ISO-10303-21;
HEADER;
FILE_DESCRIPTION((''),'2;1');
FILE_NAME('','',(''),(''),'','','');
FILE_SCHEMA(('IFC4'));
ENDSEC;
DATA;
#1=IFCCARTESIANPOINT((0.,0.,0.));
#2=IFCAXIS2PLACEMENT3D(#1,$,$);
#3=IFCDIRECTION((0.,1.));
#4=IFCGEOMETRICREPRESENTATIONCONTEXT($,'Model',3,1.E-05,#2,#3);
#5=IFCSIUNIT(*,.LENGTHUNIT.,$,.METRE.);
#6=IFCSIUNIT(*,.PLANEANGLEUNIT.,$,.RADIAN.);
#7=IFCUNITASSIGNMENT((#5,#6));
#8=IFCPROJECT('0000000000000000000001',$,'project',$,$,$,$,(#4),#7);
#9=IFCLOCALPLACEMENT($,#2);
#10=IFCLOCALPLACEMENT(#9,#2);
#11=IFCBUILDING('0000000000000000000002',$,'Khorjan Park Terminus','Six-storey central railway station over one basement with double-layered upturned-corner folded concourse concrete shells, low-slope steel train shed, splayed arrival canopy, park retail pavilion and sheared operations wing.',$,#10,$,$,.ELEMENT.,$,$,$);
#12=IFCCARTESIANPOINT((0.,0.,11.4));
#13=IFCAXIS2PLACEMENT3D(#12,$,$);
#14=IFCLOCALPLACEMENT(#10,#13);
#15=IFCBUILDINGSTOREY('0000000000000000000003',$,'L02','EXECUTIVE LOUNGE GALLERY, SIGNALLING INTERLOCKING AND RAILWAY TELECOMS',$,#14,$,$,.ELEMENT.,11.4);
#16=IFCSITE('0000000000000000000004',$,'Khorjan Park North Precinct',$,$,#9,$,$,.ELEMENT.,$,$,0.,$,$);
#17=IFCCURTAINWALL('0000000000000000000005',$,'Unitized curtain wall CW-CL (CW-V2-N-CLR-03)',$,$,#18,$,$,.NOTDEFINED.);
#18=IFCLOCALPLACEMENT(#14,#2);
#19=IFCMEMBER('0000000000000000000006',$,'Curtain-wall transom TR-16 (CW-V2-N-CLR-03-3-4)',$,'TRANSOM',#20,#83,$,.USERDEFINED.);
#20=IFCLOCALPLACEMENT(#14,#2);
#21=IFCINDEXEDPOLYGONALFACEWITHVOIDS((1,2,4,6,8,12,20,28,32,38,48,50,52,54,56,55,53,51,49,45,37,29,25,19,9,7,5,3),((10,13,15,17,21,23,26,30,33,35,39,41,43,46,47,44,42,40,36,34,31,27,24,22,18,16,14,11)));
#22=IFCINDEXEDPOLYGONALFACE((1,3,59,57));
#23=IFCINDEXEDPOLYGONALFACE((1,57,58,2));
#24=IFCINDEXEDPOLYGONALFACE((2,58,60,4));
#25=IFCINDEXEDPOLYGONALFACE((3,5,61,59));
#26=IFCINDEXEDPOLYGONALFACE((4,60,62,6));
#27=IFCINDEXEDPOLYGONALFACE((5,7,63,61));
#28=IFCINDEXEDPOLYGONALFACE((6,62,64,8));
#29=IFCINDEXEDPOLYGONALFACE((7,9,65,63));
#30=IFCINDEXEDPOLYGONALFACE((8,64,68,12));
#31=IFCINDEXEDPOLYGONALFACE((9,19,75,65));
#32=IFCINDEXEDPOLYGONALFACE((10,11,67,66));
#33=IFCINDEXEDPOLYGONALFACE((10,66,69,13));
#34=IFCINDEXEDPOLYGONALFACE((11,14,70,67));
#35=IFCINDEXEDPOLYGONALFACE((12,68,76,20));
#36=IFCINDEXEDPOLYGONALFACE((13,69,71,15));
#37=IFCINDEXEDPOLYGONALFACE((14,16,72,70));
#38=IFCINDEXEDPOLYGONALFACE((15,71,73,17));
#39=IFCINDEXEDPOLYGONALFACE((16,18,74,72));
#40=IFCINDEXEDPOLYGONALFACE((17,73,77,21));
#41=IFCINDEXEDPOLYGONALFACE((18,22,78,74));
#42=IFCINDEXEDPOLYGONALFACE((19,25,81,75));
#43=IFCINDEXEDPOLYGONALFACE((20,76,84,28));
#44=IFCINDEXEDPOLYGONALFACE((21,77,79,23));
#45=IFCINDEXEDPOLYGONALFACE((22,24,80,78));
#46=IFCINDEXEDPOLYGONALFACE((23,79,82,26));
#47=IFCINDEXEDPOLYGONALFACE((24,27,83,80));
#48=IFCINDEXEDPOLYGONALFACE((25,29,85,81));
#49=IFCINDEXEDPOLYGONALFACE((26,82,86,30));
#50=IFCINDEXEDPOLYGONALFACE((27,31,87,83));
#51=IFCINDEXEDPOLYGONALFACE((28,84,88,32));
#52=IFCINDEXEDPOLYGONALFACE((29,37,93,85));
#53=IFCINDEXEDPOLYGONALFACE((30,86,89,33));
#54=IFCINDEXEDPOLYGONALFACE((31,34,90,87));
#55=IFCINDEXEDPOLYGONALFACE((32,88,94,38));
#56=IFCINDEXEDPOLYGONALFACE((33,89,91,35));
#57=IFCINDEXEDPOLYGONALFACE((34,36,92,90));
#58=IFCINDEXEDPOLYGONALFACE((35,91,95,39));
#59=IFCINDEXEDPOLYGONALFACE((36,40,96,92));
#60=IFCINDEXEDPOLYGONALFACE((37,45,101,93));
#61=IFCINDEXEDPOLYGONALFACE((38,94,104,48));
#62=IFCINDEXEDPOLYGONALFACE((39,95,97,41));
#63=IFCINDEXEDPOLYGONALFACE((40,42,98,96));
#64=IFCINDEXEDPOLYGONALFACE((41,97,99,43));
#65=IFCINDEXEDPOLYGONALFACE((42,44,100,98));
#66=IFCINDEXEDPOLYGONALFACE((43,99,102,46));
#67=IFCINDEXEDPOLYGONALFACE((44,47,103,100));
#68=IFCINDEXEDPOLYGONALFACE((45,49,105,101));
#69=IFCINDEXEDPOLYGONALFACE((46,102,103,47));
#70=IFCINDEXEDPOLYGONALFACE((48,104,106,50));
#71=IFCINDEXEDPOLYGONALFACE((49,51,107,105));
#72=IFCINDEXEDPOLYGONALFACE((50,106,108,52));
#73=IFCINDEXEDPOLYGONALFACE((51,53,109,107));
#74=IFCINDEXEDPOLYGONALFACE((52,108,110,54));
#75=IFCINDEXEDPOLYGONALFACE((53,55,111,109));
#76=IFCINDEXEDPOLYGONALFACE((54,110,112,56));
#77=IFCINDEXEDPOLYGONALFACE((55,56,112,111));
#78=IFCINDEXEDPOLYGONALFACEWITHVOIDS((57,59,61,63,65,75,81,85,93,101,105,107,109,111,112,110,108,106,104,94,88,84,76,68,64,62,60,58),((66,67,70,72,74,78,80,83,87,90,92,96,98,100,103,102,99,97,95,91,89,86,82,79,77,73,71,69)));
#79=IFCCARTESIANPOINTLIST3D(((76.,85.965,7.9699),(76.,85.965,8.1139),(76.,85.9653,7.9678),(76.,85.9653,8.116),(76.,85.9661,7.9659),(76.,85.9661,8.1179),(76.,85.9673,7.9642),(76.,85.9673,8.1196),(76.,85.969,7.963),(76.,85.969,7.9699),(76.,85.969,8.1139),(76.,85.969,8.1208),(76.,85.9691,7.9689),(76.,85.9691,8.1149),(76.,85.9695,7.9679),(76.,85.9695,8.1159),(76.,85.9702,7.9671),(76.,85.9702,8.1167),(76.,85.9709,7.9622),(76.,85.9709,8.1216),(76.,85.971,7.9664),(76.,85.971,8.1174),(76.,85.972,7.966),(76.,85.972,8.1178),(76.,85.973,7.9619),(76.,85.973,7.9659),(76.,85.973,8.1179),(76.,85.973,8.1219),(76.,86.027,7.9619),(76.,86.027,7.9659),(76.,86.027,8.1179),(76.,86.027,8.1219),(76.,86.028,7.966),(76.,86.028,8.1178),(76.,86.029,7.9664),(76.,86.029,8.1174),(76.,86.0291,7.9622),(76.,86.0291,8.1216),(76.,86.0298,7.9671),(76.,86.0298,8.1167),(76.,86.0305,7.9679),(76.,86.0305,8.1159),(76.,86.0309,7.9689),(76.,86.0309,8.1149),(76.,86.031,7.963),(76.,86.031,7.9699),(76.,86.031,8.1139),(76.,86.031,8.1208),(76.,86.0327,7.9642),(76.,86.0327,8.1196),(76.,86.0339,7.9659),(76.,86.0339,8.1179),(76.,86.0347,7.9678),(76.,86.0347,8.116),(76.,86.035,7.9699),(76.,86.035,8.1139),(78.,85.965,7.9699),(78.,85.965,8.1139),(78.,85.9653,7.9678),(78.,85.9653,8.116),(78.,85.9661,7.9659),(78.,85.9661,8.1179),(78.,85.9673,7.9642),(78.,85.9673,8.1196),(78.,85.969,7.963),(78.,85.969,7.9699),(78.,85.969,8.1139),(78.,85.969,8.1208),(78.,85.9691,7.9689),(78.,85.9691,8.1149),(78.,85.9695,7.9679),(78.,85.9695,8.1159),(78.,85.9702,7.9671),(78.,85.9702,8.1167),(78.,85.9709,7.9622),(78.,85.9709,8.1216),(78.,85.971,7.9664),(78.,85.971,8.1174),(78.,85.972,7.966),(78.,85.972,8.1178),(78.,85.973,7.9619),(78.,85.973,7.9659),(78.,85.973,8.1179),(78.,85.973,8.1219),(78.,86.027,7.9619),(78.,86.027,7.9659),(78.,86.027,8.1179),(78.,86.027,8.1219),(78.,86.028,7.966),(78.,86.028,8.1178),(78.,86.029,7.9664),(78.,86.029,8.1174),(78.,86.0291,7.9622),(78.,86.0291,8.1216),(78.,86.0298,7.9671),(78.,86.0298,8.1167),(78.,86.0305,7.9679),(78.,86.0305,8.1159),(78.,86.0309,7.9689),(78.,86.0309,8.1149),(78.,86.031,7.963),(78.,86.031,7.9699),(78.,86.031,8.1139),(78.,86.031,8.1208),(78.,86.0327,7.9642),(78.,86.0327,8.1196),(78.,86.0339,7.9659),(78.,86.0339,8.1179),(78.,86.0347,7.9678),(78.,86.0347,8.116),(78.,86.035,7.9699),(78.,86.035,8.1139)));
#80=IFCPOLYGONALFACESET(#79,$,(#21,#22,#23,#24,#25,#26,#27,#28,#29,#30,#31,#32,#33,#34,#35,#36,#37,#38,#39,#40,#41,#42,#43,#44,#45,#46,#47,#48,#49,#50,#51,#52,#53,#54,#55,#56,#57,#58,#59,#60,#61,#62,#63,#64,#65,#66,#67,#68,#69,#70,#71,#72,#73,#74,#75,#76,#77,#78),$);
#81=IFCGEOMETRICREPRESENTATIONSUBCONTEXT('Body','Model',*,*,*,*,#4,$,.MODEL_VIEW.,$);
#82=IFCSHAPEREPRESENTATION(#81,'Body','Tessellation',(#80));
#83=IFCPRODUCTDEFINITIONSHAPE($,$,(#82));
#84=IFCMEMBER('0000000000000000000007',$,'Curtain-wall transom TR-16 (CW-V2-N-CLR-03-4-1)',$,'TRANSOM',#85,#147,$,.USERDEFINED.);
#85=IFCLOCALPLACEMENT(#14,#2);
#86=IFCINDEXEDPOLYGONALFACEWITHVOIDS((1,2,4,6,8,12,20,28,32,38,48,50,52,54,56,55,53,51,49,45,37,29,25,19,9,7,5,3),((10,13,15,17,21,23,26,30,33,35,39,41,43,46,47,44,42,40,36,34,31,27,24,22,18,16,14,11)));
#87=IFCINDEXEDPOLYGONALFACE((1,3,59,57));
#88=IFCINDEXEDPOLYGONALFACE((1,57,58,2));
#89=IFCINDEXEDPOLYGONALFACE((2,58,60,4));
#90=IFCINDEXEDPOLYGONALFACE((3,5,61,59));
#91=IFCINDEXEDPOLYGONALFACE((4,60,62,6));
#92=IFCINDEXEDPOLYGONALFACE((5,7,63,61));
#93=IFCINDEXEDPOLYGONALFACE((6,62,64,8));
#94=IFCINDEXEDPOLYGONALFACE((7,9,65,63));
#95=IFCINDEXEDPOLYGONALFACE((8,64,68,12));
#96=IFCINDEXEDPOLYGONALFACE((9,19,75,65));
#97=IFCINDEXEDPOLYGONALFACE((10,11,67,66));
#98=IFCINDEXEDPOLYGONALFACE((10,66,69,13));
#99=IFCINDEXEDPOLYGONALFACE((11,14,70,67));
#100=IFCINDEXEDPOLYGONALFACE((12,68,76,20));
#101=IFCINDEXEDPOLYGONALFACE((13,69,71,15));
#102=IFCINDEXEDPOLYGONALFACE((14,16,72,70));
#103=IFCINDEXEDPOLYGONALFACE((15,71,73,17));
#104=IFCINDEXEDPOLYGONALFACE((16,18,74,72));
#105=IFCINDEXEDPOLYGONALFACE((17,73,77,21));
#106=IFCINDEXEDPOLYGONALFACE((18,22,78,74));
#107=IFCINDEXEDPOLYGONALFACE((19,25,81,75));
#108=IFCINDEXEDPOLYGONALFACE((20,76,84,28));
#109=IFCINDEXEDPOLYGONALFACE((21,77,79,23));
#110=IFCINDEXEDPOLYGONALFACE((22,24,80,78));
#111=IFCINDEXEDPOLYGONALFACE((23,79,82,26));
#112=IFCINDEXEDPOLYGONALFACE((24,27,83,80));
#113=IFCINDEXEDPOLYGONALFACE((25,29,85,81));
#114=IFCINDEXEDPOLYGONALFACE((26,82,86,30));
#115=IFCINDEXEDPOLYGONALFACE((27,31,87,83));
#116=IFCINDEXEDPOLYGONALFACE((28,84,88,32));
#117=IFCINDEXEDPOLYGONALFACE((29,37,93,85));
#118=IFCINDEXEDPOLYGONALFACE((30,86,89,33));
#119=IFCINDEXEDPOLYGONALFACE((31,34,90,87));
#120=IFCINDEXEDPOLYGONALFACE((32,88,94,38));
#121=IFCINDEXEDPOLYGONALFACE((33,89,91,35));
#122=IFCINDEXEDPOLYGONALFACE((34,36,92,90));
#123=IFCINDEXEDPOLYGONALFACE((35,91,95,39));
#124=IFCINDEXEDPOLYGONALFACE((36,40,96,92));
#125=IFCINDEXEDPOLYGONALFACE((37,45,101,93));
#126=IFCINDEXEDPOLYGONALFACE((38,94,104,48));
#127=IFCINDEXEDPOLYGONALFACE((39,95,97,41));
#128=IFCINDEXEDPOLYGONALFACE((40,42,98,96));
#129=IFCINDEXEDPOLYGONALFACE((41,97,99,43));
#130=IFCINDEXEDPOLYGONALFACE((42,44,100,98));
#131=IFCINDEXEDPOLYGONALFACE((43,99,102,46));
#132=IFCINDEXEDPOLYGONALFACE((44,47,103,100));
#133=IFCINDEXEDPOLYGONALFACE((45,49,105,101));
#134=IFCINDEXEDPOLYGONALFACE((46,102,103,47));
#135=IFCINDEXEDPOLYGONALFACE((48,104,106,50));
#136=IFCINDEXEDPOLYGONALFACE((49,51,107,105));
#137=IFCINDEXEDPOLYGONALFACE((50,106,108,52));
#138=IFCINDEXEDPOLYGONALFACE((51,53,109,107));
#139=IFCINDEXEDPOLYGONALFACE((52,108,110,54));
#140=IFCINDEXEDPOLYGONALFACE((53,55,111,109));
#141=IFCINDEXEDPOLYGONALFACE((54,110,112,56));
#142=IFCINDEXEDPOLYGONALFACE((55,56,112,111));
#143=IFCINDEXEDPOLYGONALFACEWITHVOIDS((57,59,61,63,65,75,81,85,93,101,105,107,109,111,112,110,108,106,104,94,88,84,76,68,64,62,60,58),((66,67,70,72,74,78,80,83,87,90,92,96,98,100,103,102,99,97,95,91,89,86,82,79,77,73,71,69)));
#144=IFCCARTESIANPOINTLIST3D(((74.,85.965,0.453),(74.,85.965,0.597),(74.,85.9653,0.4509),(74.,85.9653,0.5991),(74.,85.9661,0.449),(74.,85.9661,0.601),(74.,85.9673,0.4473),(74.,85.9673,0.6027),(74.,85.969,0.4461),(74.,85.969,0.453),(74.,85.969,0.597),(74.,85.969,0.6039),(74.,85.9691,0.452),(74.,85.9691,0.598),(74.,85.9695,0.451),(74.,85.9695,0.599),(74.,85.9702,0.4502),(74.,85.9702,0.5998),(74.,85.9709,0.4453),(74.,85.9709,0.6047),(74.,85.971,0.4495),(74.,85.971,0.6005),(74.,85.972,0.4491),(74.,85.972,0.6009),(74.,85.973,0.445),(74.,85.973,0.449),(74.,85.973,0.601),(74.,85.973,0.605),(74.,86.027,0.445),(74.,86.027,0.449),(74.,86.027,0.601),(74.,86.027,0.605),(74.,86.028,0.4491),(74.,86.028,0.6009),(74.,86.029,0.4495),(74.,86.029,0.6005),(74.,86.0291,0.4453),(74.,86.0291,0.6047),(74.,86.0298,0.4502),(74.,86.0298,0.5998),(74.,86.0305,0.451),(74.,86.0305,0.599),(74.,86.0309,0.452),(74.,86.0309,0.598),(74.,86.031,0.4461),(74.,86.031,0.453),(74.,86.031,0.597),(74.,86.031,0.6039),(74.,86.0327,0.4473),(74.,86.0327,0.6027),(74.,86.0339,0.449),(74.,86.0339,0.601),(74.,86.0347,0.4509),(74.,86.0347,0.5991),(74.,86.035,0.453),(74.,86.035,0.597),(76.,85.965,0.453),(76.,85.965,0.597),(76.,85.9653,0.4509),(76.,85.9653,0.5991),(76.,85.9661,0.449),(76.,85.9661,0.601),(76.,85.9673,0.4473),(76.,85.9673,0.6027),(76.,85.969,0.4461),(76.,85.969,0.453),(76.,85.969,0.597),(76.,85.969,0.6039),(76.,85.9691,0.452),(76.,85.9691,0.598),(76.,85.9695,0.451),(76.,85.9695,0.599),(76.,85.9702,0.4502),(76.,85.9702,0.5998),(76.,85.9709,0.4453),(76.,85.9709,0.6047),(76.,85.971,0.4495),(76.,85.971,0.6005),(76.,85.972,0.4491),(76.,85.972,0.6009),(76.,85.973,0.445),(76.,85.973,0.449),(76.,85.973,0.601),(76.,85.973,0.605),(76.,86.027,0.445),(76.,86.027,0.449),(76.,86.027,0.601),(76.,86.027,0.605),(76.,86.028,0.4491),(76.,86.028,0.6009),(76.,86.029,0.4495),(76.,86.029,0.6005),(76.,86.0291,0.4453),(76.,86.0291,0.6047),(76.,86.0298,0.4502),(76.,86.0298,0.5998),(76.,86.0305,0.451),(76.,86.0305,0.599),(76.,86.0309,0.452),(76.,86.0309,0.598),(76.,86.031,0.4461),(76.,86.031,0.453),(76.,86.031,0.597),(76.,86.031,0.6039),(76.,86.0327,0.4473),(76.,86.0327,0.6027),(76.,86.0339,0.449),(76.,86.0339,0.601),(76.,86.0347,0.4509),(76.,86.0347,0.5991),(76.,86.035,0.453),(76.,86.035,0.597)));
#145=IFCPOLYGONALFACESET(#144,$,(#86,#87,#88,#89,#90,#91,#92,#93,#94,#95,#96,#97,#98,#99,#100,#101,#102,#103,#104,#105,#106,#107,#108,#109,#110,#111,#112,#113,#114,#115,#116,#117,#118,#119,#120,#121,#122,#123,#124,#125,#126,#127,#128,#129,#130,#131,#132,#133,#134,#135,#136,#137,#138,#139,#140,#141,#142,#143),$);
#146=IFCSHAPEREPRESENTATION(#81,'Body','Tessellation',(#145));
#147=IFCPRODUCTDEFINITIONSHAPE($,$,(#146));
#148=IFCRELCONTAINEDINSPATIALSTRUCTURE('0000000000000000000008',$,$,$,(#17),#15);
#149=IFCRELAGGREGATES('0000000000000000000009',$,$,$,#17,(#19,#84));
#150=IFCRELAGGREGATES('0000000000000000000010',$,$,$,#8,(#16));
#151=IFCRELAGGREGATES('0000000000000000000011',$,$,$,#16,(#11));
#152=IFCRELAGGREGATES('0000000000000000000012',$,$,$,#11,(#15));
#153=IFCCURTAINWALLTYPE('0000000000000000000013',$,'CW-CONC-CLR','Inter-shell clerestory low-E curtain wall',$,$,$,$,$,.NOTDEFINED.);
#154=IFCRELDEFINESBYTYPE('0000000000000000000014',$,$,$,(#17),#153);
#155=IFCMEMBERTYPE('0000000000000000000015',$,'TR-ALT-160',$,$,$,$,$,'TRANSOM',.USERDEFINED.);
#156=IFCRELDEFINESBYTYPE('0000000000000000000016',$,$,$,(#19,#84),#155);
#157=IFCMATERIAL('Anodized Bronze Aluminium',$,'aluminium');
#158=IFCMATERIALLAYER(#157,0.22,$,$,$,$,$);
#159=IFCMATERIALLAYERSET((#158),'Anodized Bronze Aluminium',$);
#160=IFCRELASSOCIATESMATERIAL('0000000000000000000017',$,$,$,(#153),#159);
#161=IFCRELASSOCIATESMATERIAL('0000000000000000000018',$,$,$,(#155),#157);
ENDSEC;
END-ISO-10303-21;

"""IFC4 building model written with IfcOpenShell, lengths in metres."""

from ifc_helpers import new_model, si_unit, direction, frame, origin, origin_2d, place, context, subcontext, project, spatial, hollow_rectangle, extrude, material, layer, layer_set, material_profile, profile_set, type_object, element, aggregate, save


model = new_model("IFC4")

# Units and contexts
model_context = context("Model", 3, precision=1e-05, world=origin(), true_north=direction((0.0, 1.0)))
body_context = subcontext(model_context, "Body", "Model", "MODEL_VIEW")
ifc_project = project(units=[si_unit("LENGTHUNIT", "METRE"), si_unit("PLANEANGLEUNIT", "RADIAN")], contexts=[model_context])

# Site, building, storey
site_placement = place(None, origin())
site = spatial("IfcSite", under=ifc_project, at=site_placement, Name="Khorjan Park North Precinct", CompositionType="ELEMENT", RefElevation=0.0)
building_placement = place(site_placement, origin())
building = spatial("IfcBuilding", under=site, at=building_placement, Name="Khorjan Park Terminus", Description="Six-storey central railway station over one basement with double-layered upturned-corner folded concourse concrete shells, low-slope steel train shed, splayed arrival canopy, park retail pavilion and sheared operations wing.", CompositionType="ELEMENT")
storey_placement = place(building_placement, frame((0.0, 0.0, 11.4)))
storey = spatial("IfcBuildingStorey", under=building, at=storey_placement, Name="L02", Description="EXECUTIVE LOUNGE GALLERY, SIGNALLING INTERLOCKING AND RAILWAY TELECOMS", CompositionType="ELEMENT", Elevation=11.4)

# Curtain wall
ifc_material_1 = material(Name="Anodized Bronze Aluminium", Category="aluminium")
ifc_layer_1 = layer(ifc_material_1, 0.22)
ifc_layer_set_1 = layer_set([ifc_layer_1], Name="Anodized Bronze Aluminium")
curtain_wall_type = type_object("IfcCurtainWallType", Name="CW-CONC-CLR", Description="Inter-shell clerestory low-E curtain wall", PredefinedType="NOTDEFINED", material=ifc_layer_set_1)
curtain_wall_1_placement = place(storey_placement, origin())
curtain_wall_1 = element("IfcCurtainWall", 1, at=curtain_wall_1_placement, inside=storey, type_object=curtain_wall_type, Name="Unitized curtain wall CW-CL (CW-V2-N-CLR-03)", PredefinedType="NOTDEFINED")

# Members
ifc_material_profile_1 = material_profile(ifc_material_1, hollow_rectangle(XDim=0.07, YDim=0.16, WallThickness=0.004, InnerFilletRadius=0.004, OuterFilletRadius=0.008, at=origin_2d()), Name="ALT 70x160x4")
ifc_profile_set_1 = profile_set([ifc_material_profile_1], Name="Anodized Bronze Aluminium")
member_type_1 = type_object("IfcMemberType", Name="TR-ALT-160", ElementType="TRANSOM", PredefinedType="USERDEFINED", material=ifc_profile_set_1)
member_1_placement = place(storey_placement, frame((78.0, 86.0, 8.0419), z_axis=(-1.0, 0.0, 0.0), x_axis=(0.0, -1.0, 0.0)))
member_1 = element("IfcMember", 2, at=member_1_placement, type_object=member_type_1, Name="Curtain-wall transom TR-16 (CW-V2-N-CLR-03-3-4)", ObjectType="TRANSOM", PredefinedType="USERDEFINED", context=body_context, shape_type="SweptSolid", body=[
    extrude(hollow_rectangle(XDim=0.07, YDim=0.16, WallThickness=0.004, InnerFilletRadius=0.004, OuterFilletRadius=0.008, at=origin_2d()), origin(), (0.0, 0.0, 1.0), 2.0),
])
member_2_placement = place(storey_placement, frame((76.0, 86.0, 0.525), z_axis=(-1.0, 0.0, 0.0), x_axis=(0.0, -1.0, 0.0)))
member_2 = element("IfcMember", 3, at=member_2_placement, type_object=member_type_1, Name="Curtain-wall transom TR-16 (CW-V2-N-CLR-03-4-1)", ObjectType="TRANSOM", PredefinedType="USERDEFINED", context=body_context, shape_type="SweptSolid", body=[
    extrude(hollow_rectangle(XDim=0.07, YDim=0.16, WallThickness=0.004, InnerFilletRadius=0.004, OuterFilletRadius=0.008, at=origin_2d()), origin(), (0.0, 0.0, 1.0), 2.0),
])

aggregate(curtain_wall_1, [member_1, member_2])

save(model, "model.ifc")
